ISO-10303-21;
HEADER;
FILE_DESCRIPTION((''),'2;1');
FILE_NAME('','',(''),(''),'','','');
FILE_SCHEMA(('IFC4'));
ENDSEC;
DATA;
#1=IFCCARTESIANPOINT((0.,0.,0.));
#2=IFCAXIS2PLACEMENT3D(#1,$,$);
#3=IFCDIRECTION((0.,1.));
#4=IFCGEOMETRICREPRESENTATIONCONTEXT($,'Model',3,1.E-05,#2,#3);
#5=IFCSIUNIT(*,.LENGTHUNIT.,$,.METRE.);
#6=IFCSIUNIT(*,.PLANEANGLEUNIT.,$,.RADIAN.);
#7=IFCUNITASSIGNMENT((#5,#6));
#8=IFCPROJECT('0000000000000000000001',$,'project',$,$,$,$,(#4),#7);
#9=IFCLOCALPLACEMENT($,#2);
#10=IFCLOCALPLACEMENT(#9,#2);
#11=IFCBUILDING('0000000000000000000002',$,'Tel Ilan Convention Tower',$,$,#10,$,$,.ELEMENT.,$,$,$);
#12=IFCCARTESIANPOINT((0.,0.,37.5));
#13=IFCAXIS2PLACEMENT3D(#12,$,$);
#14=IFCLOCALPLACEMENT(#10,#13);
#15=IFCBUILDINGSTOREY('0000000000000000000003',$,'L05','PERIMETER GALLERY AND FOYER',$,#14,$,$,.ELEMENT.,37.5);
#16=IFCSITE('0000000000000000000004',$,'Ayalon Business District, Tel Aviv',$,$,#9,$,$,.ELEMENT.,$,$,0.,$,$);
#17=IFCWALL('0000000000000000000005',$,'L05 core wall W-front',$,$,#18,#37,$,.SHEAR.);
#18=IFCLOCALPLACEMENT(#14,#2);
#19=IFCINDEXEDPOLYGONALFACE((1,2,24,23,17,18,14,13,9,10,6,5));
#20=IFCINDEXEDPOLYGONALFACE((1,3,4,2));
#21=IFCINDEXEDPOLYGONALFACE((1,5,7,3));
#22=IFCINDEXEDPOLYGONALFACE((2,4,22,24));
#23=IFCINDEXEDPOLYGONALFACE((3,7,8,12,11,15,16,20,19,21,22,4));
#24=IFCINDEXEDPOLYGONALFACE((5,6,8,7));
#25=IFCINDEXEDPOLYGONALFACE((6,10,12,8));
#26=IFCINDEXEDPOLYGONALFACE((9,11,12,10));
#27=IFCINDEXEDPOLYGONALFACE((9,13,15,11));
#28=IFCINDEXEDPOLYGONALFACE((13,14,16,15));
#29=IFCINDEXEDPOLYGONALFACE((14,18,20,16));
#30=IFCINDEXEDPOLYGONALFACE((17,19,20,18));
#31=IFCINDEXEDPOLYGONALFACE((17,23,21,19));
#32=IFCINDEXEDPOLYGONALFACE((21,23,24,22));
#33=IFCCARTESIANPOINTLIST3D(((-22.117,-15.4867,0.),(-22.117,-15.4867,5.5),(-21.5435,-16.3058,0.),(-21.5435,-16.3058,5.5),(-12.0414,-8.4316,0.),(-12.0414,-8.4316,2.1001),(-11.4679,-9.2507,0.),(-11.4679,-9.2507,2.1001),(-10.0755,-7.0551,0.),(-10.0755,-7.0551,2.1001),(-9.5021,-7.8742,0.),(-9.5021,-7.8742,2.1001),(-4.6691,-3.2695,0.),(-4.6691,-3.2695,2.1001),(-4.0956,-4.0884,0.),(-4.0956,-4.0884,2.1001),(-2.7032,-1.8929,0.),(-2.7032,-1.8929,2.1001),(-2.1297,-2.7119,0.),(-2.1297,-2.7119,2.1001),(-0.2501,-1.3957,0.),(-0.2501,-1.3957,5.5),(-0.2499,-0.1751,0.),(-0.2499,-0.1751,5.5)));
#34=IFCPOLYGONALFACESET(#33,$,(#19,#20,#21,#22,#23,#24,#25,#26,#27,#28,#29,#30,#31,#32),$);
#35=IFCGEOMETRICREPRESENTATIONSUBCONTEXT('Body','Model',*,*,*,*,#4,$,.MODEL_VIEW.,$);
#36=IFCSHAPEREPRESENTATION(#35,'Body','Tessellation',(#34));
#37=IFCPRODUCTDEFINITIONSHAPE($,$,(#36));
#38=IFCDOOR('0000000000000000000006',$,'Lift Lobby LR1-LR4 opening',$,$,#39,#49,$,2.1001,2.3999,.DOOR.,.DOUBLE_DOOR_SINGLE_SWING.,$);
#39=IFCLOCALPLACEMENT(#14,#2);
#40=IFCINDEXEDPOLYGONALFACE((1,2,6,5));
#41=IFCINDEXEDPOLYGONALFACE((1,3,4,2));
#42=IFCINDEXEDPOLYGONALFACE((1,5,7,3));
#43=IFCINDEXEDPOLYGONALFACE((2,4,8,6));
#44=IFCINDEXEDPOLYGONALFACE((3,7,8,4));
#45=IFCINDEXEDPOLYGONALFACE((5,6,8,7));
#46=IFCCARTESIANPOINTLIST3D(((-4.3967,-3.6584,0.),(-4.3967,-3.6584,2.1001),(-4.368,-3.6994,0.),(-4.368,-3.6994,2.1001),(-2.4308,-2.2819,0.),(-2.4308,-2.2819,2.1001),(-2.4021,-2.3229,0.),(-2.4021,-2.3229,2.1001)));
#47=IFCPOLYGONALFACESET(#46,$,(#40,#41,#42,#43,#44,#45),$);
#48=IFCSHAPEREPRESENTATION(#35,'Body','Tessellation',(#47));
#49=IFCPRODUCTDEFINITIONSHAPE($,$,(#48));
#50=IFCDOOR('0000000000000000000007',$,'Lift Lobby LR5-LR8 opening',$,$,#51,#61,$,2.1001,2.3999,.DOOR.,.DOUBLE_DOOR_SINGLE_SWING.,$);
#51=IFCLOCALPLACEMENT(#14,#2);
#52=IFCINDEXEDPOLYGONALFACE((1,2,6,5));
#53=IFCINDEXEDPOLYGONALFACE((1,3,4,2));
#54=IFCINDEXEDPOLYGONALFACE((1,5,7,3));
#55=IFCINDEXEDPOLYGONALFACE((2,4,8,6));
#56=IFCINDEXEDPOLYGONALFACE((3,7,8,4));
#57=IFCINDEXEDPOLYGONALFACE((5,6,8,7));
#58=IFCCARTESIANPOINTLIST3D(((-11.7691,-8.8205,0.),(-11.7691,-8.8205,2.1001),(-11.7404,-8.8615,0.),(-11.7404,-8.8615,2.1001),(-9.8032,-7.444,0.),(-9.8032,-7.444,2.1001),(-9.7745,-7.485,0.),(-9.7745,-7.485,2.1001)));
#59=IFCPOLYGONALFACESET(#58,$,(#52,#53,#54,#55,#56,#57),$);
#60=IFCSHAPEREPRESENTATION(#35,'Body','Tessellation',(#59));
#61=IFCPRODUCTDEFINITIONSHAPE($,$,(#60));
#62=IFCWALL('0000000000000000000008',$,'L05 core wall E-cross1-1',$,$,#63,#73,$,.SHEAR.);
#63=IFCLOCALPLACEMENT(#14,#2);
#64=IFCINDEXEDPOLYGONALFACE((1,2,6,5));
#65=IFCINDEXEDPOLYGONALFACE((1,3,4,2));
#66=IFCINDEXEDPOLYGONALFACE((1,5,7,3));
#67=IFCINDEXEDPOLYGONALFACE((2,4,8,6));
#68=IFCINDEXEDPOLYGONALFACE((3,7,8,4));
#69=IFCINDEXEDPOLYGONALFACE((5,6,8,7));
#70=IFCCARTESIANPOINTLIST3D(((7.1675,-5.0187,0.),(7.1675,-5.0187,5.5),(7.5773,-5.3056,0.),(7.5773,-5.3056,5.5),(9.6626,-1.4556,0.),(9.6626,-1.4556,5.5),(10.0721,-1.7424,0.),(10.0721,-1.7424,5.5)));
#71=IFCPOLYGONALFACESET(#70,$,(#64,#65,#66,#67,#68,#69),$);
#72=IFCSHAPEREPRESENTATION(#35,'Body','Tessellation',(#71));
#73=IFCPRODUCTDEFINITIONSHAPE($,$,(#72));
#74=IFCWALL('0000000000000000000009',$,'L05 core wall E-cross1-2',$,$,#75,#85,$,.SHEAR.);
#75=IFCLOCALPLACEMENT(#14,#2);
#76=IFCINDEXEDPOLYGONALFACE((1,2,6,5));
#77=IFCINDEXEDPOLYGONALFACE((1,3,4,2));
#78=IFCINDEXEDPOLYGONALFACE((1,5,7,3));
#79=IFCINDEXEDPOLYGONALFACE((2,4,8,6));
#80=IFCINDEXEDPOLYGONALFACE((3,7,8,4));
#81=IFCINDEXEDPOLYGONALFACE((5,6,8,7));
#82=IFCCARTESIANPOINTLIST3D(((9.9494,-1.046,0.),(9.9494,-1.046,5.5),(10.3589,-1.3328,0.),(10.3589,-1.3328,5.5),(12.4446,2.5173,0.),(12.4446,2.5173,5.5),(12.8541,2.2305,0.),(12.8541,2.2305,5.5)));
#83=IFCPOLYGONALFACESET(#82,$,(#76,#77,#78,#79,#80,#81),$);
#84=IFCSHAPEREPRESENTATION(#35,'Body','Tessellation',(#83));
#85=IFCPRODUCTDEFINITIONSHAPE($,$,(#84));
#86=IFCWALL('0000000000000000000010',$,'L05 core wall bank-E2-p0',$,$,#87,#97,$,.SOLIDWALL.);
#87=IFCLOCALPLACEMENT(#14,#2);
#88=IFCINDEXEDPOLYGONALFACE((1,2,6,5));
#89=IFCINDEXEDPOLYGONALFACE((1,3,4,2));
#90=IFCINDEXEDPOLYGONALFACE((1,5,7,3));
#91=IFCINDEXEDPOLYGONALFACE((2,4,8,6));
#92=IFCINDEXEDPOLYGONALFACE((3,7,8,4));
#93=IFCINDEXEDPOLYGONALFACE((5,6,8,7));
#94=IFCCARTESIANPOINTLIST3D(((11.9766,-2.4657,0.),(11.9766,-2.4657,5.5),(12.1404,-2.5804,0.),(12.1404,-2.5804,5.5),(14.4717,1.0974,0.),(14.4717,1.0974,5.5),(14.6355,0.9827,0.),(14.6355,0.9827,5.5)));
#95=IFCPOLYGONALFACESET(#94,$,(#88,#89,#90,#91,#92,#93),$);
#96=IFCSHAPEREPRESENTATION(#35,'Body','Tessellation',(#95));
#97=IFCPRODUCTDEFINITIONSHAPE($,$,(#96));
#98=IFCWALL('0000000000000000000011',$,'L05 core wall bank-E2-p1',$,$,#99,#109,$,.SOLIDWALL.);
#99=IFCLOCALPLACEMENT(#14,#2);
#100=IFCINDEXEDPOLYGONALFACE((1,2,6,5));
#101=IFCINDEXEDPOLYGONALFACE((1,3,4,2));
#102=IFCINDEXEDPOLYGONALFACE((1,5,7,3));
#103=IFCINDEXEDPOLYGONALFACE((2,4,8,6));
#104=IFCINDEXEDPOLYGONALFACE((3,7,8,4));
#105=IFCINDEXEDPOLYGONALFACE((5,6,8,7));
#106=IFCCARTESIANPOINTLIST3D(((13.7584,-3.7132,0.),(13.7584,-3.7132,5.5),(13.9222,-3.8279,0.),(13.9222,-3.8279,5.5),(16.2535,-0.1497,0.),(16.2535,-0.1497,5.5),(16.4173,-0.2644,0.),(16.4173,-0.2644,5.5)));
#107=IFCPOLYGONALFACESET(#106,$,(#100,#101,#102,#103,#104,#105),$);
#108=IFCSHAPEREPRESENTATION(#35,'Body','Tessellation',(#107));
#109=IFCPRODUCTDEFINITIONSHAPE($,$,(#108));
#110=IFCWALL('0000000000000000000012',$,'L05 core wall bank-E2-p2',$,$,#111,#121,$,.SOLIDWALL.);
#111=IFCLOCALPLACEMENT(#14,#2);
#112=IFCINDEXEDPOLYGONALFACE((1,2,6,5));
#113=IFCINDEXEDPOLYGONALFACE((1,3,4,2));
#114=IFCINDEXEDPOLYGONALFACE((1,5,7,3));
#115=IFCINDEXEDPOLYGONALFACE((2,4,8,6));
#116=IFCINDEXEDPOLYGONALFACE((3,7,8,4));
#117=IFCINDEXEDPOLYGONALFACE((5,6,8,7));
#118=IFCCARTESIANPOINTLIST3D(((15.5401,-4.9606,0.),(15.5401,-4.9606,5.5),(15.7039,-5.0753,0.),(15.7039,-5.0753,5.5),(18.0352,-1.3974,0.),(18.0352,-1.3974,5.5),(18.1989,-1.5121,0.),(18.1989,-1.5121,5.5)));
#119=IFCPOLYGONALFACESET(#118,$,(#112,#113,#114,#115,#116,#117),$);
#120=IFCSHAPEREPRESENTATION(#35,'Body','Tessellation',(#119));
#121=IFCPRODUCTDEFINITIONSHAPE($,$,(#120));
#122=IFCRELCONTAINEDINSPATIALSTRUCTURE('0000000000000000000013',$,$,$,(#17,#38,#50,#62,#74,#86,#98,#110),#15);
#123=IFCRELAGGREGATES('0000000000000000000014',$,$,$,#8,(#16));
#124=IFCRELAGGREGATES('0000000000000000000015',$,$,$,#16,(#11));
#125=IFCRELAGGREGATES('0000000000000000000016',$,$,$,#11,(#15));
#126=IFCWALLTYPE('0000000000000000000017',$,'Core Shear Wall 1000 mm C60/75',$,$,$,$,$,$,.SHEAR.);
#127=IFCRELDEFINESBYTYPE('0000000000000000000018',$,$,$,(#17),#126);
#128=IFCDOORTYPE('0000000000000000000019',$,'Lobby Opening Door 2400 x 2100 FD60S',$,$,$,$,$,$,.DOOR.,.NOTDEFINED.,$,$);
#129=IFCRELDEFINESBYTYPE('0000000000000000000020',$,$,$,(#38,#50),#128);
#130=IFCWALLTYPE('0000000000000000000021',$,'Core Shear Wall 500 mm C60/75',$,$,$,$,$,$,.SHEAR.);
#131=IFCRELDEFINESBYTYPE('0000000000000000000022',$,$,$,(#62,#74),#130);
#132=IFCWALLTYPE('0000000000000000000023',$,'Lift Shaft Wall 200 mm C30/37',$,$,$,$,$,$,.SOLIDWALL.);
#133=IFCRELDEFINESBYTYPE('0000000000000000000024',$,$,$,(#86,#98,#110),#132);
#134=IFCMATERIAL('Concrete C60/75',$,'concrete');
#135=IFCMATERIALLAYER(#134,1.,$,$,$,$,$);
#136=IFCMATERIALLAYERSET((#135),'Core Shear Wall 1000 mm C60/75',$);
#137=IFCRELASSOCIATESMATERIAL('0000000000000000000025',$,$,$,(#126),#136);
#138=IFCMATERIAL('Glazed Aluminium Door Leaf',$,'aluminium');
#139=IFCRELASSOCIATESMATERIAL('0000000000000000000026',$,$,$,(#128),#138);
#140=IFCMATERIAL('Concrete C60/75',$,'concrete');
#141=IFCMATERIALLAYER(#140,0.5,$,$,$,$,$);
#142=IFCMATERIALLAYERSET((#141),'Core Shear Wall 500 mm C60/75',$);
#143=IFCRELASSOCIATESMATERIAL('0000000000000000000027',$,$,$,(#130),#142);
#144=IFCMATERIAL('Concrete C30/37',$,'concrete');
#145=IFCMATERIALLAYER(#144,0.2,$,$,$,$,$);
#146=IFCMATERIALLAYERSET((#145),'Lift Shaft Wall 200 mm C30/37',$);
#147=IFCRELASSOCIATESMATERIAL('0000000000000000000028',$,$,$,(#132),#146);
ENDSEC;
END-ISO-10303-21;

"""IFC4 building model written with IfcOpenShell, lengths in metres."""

from ifc_helpers import new_model, si_unit, direction, frame, frame_2d, origin, place, context, subcontext, project, spatial, polyline, rectangle, outline, extrude, material, layer, layer_set, type_object, element, fill, save


model = new_model("IFC4")

# Units and contexts
model_context = context("Model", 3, precision=1e-05, world=origin(), true_north=direction((0.0, 1.0)))
body_context = subcontext(model_context, "Body", "Model", "MODEL_VIEW")
ifc_project = project(units=[si_unit("LENGTHUNIT", "METRE"), si_unit("PLANEANGLEUNIT", "RADIAN")], contexts=[model_context])

# Site, building, storey
site_placement = place(None, origin())
site = spatial("IfcSite", under=ifc_project, at=site_placement, Name="Ayalon Business District, Tel Aviv", CompositionType="ELEMENT", RefElevation=0.0)
building_placement = place(site_placement, origin())
building = spatial("IfcBuilding", under=site, at=building_placement, Name="Tel Ilan Convention Tower", CompositionType="ELEMENT")
storey_placement = place(building_placement, frame((0.0, 0.0, 37.5)))
storey = spatial("IfcBuildingStorey", under=building, at=storey_placement, Name="L05", Description="PERIMETER GALLERY AND FOYER", CompositionType="ELEMENT", Elevation=37.5)

# Wall, openings, doors
ifc_material_1 = material(Name="Concrete C60/75", Category="concrete")
ifc_layer_1 = layer(ifc_material_1, 1.0)
ifc_layer_set_1 = layer_set([ifc_layer_1], Name="Core Shear Wall 1000 mm C60/75")
wall_type_1 = type_object("IfcWallType", Name="Core Shear Wall 1000 mm C60/75", PredefinedType="SHEAR", material=ifc_layer_set_1)
wall_1_placement = place(storey_placement, frame((0.0369, -0.5847, 0.0), z_axis=(0.0, 0.0, 1.0), x_axis=(-0.819157, -0.573569, 0.0)))
wall_1 = element("IfcWall", 1, at=wall_1_placement, inside=storey, type_object=wall_type_1, Name="L05 core wall W-front", PredefinedType="SHEAR", context=body_context, shape_type="SweptSolid", body=[
    extrude(outline(polyline([(26.6948, 0.5002), (0.7002, 0.4998), (0.0, -0.5), (26.6948, -0.4998), (26.6948, 0.5002)])), origin(), (0.0, 0.0, 1.0), 5.5),
])
opening_1_placement = place(wall_1_placement, frame((2.9949, 0.0, 0.0)))
opening_1 = element("IfcOpeningElement", 2, at=opening_1_placement, cuts=wall_1, PredefinedType="OPENING", context=body_context, shape_type="SweptSolid", body=[
    extrude(rectangle(XDim=2.3999, YDim=2.1001, at=frame_2d((1.2, 1.05))), frame((0.0, 0.51, 0.0), z_axis=(0.0, -1.0, 0.0), x_axis=(1.0, 0.0, 0.0)), (0.0, 0.0, 1.0), 1.02),
])
opening_2_placement = place(wall_1_placement, frame((11.9949, 0.0, 0.0)))
opening_2 = element("IfcOpeningElement", 3, at=opening_2_placement, cuts=wall_1, PredefinedType="OPENING", context=body_context, shape_type="SweptSolid", body=[
    extrude(rectangle(XDim=2.3999, YDim=2.1001, at=frame_2d((1.2, 1.05))), frame((0.0, 0.51, 0.0), z_axis=(0.0, -1.0, 0.0), x_axis=(1.0, 0.0, 0.0)), (0.0, 0.0, 1.0), 1.02),
])
ifc_material_2 = material(Name="Glazed Aluminium Door Leaf", Category="aluminium")
door_type_1 = type_object("IfcDoorType", Name="Lobby Opening Door 2400 x 2100 FD60S", OperationType="NOTDEFINED", PredefinedType="DOOR", material=ifc_material_2)
door_1_placement = place(opening_1_placement, origin())
door_1 = element("IfcDoor", 4, at=door_1_placement, inside=storey, type_object=door_type_1, Name="Lift Lobby LR1-LR4 opening", OperationType="DOUBLE_DOOR_SINGLE_SWING", OverallHeight=2.1001, OverallWidth=2.3999, PredefinedType="DOOR", context=body_context, shape_type="SweptSolid", body=[
    extrude(rectangle(XDim=2.3999, YDim=2.1001, at=frame_2d((1.2, 1.05))), frame((0.0, 0.0249, 0.0), z_axis=(0.0, -1.0, 0.0), x_axis=(1.0, 0.0, 0.0)), (0.0, 0.0, 1.0), 0.05),
])
fill(opening_1, door_1)
door_2_placement = place(opening_2_placement, origin())
door_2 = element("IfcDoor", 5, at=door_2_placement, inside=storey, type_object=door_type_1, Name="Lift Lobby LR5-LR8 opening", OperationType="DOUBLE_DOOR_SINGLE_SWING", OverallHeight=2.1001, OverallWidth=2.3999, PredefinedType="DOOR", context=body_context, shape_type="SweptSolid", body=[
    extrude(rectangle(XDim=2.3999, YDim=2.1001, at=frame_2d((1.2, 1.05))), frame((0.0, 0.0249, 0.0), z_axis=(0.0, -1.0, 0.0), x_axis=(1.0, 0.0, 0.0)), (0.0, 0.0, 1.0), 0.05),
])
fill(opening_2, door_2)

# Walls
ifc_material_3 = material(Name="Concrete C60/75", Category="concrete")
ifc_layer_2 = layer(ifc_material_3, 0.5)
ifc_layer_set_2 = layer_set([ifc_layer_2], Name="Core Shear Wall 500 mm C60/75")
wall_type_2 = type_object("IfcWallType", Name="Core Shear Wall 500 mm C60/75", PredefinedType="SHEAR", material=ifc_layer_set_2)
wall_2_placement = place(storey_placement, frame((7.3723, -5.1621, 0.0), z_axis=(0.0, 0.0, 1.0), x_axis=(0.573594, 0.81914, 0.0)))
element("IfcWall", 6, at=wall_2_placement, inside=storey, type_object=wall_type_2, Name="L05 core wall E-cross1-1", PredefinedType="SHEAR", context=body_context, shape_type="SweptSolid", body=[
    extrude(outline(polyline([(0.0, 0.25), (0.0, -0.2502), (4.3499, -0.25), (4.3499, 0.25), (0.0, 0.25)])), origin(), (0.0, 0.0, 1.0), 5.5),
])
wall_3_placement = place(storey_placement, frame((10.1543, -1.1892, 0.0), z_axis=(0.0, 0.0, 1.0), x_axis=(0.573594, 0.81914, 0.0)))
element("IfcWall", 7, at=wall_3_placement, inside=storey, type_object=wall_type_2, Name="L05 core wall E-cross1-2", PredefinedType="SHEAR", context=body_context, shape_type="SweptSolid", body=[
    extrude(outline(polyline([(4.3499, -0.25), (4.3499, 0.25), (-0.0002, 0.25), (-0.0002, -0.25), (4.3499, -0.25)])), origin(), (0.0, 0.0, 1.0), 5.5),
])
ifc_material_4 = material(Name="Concrete C30/37", Category="concrete")
ifc_layer_3 = layer(ifc_material_4, 0.2)
ifc_layer_set_3 = layer_set([ifc_layer_3], Name="Lift Shaft Wall 200 mm C30/37")
wall_type_3 = type_object("IfcWallType", Name="Lift Shaft Wall 200 mm C30/37", PredefinedType="SOLIDWALL", material=ifc_layer_set_3)
wall_4_placement = place(storey_placement, frame((12.0586, -2.5229, 0.0), z_axis=(0.0, 0.0, 1.0), x_axis=(0.573594, 0.81914, 0.0)))
element("IfcWall", 8, at=wall_4_placement, inside=storey, type_object=wall_type_3, Name="L05 core wall bank-E2-p0", PredefinedType="SOLIDWALL", context=body_context, shape_type="SweptSolid", body=[
    extrude(rectangle(XDim=4.3499, YDim=0.2, at=frame_2d((2.1748, 0.0))), origin(), (0.0, 0.0, 1.0), 5.5),
])
wall_5_placement = place(storey_placement, frame((13.8403, -3.7705, 0.0), z_axis=(0.0, 0.0, 1.0), x_axis=(0.573568, 0.819158, 0.0)))
element("IfcWall", 9, at=wall_5_placement, inside=storey, type_object=wall_type_3, Name="L05 core wall bank-E2-p1", PredefinedType="SOLIDWALL", context=body_context, shape_type="SweptSolid", body=[
    extrude(rectangle(XDim=4.3501, YDim=0.2, at=frame_2d((2.175, 0.0))), origin(), (0.0, 0.0, 1.0), 5.5),
])
wall_6_placement = place(storey_placement, frame((15.6221, -5.0178, 0.0), z_axis=(0.0, 0.0, 1.0), x_axis=(0.573594, 0.81914, 0.0)))
element("IfcWall", 10, at=wall_6_placement, inside=storey, type_object=wall_type_3, Name="L05 core wall bank-E2-p2", PredefinedType="SOLIDWALL", context=body_context, shape_type="SweptSolid", body=[
    extrude(rectangle(XDim=4.3499, YDim=0.2, at=frame_2d((2.1748, 0.0))), origin(), (0.0, 0.0, 1.0), 5.5),
])

save(model, "model.ifc")
